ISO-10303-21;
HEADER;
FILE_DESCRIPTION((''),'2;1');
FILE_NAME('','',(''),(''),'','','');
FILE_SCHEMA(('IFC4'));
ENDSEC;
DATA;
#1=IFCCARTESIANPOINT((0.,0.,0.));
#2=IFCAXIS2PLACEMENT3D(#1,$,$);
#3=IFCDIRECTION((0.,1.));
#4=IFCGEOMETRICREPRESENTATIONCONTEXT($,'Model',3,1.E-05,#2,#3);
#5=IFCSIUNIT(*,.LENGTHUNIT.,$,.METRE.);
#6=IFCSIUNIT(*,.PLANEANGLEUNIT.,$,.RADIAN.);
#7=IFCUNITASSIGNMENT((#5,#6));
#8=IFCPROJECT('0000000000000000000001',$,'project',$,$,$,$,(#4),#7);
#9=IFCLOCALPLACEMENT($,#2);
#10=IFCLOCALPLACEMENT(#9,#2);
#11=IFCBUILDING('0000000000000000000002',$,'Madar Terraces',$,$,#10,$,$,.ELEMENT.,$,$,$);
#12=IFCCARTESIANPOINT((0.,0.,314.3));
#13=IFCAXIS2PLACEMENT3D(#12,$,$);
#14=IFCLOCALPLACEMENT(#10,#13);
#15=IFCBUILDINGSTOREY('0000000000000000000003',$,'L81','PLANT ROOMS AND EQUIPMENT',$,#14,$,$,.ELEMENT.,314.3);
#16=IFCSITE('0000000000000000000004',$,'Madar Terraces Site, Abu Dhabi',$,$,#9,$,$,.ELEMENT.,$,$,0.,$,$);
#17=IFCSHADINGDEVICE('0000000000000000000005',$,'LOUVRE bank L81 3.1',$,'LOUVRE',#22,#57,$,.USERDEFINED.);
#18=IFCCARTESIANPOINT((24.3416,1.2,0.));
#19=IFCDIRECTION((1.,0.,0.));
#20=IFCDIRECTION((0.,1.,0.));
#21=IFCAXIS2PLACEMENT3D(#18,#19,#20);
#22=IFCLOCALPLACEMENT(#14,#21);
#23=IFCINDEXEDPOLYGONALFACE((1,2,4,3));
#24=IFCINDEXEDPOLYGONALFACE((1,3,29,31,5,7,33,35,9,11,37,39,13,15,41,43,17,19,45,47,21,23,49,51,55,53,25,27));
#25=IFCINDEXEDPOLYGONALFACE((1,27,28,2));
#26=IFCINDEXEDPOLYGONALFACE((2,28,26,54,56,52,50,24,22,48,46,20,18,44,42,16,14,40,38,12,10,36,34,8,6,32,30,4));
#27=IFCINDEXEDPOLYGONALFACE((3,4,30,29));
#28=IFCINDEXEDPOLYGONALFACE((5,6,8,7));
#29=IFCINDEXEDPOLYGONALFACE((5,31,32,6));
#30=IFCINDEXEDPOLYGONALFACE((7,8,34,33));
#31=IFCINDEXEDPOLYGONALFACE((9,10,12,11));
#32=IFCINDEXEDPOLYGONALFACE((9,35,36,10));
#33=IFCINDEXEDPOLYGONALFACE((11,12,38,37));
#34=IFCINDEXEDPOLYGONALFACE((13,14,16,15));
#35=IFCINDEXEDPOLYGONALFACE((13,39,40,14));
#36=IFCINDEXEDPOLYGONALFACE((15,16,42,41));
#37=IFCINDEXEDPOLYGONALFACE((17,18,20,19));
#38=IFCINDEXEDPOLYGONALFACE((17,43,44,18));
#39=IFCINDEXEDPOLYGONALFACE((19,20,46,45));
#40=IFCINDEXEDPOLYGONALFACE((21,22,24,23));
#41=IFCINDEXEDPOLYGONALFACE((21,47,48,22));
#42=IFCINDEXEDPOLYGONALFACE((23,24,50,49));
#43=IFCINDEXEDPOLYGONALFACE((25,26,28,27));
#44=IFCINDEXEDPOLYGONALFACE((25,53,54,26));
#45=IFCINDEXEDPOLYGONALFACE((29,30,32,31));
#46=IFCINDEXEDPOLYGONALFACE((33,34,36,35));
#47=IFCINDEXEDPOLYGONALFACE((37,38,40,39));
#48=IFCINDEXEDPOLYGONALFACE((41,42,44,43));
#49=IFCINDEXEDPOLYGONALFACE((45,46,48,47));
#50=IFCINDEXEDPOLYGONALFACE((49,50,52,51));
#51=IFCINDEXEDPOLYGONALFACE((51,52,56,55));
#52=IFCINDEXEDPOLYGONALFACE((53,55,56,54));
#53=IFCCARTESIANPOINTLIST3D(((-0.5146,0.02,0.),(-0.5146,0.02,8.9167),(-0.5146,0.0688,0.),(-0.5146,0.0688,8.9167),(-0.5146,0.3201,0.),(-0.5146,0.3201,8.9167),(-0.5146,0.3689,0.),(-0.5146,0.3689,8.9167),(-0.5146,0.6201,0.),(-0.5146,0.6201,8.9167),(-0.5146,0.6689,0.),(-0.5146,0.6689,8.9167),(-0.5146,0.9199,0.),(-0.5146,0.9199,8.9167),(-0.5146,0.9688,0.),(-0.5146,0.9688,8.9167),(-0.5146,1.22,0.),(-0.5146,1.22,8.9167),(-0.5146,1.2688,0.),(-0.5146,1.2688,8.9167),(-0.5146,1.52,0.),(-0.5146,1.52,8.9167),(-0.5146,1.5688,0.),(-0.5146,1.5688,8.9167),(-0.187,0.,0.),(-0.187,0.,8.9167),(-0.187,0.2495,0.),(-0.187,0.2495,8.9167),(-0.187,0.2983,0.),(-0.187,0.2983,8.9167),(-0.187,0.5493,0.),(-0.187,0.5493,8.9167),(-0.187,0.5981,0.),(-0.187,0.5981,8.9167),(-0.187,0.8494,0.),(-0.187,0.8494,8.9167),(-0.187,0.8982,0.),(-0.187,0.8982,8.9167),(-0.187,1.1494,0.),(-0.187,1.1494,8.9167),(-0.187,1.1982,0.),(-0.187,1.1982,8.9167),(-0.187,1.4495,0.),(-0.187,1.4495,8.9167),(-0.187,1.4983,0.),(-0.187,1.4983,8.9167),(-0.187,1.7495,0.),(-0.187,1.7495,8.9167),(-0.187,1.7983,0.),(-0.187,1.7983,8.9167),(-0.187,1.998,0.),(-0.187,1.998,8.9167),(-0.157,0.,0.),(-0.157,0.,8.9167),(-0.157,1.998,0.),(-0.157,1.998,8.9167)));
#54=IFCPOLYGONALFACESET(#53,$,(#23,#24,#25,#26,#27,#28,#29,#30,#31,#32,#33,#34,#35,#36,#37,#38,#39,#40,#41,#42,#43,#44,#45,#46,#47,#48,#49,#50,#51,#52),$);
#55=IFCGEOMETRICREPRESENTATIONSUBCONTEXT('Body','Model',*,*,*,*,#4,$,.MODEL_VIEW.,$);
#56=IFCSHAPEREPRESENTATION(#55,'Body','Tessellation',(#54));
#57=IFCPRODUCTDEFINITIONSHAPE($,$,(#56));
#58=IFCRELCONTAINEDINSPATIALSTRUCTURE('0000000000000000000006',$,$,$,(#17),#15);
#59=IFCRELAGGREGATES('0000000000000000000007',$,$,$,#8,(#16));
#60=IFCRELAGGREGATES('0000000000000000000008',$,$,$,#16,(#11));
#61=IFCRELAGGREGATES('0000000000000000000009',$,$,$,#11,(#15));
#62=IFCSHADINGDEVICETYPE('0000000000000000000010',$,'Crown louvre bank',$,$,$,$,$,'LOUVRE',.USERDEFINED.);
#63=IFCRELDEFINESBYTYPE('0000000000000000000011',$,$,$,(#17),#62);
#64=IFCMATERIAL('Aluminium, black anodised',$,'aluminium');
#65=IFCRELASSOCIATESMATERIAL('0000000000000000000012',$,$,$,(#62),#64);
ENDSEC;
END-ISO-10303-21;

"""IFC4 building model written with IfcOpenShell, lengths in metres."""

from ifc_helpers import new_model, si_unit, direction, frame, origin, place, context, subcontext, project, spatial, polyline, outline, extrude, material, type_object, element, save


model = new_model("IFC4")

# Units and contexts
model_context = context("Model", 3, precision=1e-05, world=origin(), true_north=direction((0.0, 1.0)))
body_context = subcontext(model_context, "Body", "Model", "MODEL_VIEW")
ifc_project = project(units=[si_unit("LENGTHUNIT", "METRE"), si_unit("PLANEANGLEUNIT", "RADIAN")], contexts=[model_context])

# Site, building, storey
site_placement = place(None, origin())
site = spatial("IfcSite", under=ifc_project, at=site_placement, Name="Madar Terraces Site, Abu Dhabi", CompositionType="ELEMENT", RefElevation=0.0)
building_placement = place(site_placement, origin())
building = spatial("IfcBuilding", under=site, at=building_placement, Name="Madar Terraces", CompositionType="ELEMENT")
storey_placement = place(building_placement, frame((0.0, 0.0, 314.3)))
storey = spatial("IfcBuildingStorey", under=building, at=storey_placement, Name="L81", Description="PLANT ROOMS AND EQUIPMENT", CompositionType="ELEMENT", Elevation=314.3)

# Shading device
ifc_material_1 = material(Name="Aluminium, black anodised", Category="aluminium")
shading_device_type = type_object("IfcShadingDeviceType", Name="Crown louvre bank", ElementType="LOUVRE", PredefinedType="USERDEFINED", material=ifc_material_1)
shading_device_1_placement = place(storey_placement, frame((24.3416, 1.2, 0.0), z_axis=(1.0, 0.0, 0.0), x_axis=(0.0, 1.0, 0.0)))
element("IfcShadingDevice", 1, at=shading_device_1_placement, inside=storey, type_object=shading_device_type, Name="LOUVRE bank L81 3.1", ObjectType="LOUVRE", PredefinedType="USERDEFINED", context=body_context, shape_type="SweptSolid", body=[
    extrude(outline(polyline([(-0.157, 0.0), (-0.187, 0.0), (-0.187, 0.2495), (-0.5146, 0.02), (-0.5146, 0.0688), (-0.187, 0.2983), (-0.187, 0.5493), (-0.5146, 0.3201), (-0.5146, 0.3689), (-0.187, 0.5981), (-0.187, 0.8494), (-0.5146, 0.6201), (-0.5146, 0.6689), (-0.187, 0.8982), (-0.187, 1.1494), (-0.5146, 0.9199), (-0.5146, 0.9688), (-0.187, 1.1982), (-0.187, 1.4495), (-0.5146, 1.22), (-0.5146, 1.2688), (-0.187, 1.4983), (-0.187, 1.7495), (-0.5146, 1.52), (-0.5146, 1.5688), (-0.187, 1.7983), (-0.187, 1.998), (-0.157, 1.998), (-0.157, 0.0)])), origin(), (0.0, 0.0, 1.0), 8.9167),
])

save(model, "model.ifc")
